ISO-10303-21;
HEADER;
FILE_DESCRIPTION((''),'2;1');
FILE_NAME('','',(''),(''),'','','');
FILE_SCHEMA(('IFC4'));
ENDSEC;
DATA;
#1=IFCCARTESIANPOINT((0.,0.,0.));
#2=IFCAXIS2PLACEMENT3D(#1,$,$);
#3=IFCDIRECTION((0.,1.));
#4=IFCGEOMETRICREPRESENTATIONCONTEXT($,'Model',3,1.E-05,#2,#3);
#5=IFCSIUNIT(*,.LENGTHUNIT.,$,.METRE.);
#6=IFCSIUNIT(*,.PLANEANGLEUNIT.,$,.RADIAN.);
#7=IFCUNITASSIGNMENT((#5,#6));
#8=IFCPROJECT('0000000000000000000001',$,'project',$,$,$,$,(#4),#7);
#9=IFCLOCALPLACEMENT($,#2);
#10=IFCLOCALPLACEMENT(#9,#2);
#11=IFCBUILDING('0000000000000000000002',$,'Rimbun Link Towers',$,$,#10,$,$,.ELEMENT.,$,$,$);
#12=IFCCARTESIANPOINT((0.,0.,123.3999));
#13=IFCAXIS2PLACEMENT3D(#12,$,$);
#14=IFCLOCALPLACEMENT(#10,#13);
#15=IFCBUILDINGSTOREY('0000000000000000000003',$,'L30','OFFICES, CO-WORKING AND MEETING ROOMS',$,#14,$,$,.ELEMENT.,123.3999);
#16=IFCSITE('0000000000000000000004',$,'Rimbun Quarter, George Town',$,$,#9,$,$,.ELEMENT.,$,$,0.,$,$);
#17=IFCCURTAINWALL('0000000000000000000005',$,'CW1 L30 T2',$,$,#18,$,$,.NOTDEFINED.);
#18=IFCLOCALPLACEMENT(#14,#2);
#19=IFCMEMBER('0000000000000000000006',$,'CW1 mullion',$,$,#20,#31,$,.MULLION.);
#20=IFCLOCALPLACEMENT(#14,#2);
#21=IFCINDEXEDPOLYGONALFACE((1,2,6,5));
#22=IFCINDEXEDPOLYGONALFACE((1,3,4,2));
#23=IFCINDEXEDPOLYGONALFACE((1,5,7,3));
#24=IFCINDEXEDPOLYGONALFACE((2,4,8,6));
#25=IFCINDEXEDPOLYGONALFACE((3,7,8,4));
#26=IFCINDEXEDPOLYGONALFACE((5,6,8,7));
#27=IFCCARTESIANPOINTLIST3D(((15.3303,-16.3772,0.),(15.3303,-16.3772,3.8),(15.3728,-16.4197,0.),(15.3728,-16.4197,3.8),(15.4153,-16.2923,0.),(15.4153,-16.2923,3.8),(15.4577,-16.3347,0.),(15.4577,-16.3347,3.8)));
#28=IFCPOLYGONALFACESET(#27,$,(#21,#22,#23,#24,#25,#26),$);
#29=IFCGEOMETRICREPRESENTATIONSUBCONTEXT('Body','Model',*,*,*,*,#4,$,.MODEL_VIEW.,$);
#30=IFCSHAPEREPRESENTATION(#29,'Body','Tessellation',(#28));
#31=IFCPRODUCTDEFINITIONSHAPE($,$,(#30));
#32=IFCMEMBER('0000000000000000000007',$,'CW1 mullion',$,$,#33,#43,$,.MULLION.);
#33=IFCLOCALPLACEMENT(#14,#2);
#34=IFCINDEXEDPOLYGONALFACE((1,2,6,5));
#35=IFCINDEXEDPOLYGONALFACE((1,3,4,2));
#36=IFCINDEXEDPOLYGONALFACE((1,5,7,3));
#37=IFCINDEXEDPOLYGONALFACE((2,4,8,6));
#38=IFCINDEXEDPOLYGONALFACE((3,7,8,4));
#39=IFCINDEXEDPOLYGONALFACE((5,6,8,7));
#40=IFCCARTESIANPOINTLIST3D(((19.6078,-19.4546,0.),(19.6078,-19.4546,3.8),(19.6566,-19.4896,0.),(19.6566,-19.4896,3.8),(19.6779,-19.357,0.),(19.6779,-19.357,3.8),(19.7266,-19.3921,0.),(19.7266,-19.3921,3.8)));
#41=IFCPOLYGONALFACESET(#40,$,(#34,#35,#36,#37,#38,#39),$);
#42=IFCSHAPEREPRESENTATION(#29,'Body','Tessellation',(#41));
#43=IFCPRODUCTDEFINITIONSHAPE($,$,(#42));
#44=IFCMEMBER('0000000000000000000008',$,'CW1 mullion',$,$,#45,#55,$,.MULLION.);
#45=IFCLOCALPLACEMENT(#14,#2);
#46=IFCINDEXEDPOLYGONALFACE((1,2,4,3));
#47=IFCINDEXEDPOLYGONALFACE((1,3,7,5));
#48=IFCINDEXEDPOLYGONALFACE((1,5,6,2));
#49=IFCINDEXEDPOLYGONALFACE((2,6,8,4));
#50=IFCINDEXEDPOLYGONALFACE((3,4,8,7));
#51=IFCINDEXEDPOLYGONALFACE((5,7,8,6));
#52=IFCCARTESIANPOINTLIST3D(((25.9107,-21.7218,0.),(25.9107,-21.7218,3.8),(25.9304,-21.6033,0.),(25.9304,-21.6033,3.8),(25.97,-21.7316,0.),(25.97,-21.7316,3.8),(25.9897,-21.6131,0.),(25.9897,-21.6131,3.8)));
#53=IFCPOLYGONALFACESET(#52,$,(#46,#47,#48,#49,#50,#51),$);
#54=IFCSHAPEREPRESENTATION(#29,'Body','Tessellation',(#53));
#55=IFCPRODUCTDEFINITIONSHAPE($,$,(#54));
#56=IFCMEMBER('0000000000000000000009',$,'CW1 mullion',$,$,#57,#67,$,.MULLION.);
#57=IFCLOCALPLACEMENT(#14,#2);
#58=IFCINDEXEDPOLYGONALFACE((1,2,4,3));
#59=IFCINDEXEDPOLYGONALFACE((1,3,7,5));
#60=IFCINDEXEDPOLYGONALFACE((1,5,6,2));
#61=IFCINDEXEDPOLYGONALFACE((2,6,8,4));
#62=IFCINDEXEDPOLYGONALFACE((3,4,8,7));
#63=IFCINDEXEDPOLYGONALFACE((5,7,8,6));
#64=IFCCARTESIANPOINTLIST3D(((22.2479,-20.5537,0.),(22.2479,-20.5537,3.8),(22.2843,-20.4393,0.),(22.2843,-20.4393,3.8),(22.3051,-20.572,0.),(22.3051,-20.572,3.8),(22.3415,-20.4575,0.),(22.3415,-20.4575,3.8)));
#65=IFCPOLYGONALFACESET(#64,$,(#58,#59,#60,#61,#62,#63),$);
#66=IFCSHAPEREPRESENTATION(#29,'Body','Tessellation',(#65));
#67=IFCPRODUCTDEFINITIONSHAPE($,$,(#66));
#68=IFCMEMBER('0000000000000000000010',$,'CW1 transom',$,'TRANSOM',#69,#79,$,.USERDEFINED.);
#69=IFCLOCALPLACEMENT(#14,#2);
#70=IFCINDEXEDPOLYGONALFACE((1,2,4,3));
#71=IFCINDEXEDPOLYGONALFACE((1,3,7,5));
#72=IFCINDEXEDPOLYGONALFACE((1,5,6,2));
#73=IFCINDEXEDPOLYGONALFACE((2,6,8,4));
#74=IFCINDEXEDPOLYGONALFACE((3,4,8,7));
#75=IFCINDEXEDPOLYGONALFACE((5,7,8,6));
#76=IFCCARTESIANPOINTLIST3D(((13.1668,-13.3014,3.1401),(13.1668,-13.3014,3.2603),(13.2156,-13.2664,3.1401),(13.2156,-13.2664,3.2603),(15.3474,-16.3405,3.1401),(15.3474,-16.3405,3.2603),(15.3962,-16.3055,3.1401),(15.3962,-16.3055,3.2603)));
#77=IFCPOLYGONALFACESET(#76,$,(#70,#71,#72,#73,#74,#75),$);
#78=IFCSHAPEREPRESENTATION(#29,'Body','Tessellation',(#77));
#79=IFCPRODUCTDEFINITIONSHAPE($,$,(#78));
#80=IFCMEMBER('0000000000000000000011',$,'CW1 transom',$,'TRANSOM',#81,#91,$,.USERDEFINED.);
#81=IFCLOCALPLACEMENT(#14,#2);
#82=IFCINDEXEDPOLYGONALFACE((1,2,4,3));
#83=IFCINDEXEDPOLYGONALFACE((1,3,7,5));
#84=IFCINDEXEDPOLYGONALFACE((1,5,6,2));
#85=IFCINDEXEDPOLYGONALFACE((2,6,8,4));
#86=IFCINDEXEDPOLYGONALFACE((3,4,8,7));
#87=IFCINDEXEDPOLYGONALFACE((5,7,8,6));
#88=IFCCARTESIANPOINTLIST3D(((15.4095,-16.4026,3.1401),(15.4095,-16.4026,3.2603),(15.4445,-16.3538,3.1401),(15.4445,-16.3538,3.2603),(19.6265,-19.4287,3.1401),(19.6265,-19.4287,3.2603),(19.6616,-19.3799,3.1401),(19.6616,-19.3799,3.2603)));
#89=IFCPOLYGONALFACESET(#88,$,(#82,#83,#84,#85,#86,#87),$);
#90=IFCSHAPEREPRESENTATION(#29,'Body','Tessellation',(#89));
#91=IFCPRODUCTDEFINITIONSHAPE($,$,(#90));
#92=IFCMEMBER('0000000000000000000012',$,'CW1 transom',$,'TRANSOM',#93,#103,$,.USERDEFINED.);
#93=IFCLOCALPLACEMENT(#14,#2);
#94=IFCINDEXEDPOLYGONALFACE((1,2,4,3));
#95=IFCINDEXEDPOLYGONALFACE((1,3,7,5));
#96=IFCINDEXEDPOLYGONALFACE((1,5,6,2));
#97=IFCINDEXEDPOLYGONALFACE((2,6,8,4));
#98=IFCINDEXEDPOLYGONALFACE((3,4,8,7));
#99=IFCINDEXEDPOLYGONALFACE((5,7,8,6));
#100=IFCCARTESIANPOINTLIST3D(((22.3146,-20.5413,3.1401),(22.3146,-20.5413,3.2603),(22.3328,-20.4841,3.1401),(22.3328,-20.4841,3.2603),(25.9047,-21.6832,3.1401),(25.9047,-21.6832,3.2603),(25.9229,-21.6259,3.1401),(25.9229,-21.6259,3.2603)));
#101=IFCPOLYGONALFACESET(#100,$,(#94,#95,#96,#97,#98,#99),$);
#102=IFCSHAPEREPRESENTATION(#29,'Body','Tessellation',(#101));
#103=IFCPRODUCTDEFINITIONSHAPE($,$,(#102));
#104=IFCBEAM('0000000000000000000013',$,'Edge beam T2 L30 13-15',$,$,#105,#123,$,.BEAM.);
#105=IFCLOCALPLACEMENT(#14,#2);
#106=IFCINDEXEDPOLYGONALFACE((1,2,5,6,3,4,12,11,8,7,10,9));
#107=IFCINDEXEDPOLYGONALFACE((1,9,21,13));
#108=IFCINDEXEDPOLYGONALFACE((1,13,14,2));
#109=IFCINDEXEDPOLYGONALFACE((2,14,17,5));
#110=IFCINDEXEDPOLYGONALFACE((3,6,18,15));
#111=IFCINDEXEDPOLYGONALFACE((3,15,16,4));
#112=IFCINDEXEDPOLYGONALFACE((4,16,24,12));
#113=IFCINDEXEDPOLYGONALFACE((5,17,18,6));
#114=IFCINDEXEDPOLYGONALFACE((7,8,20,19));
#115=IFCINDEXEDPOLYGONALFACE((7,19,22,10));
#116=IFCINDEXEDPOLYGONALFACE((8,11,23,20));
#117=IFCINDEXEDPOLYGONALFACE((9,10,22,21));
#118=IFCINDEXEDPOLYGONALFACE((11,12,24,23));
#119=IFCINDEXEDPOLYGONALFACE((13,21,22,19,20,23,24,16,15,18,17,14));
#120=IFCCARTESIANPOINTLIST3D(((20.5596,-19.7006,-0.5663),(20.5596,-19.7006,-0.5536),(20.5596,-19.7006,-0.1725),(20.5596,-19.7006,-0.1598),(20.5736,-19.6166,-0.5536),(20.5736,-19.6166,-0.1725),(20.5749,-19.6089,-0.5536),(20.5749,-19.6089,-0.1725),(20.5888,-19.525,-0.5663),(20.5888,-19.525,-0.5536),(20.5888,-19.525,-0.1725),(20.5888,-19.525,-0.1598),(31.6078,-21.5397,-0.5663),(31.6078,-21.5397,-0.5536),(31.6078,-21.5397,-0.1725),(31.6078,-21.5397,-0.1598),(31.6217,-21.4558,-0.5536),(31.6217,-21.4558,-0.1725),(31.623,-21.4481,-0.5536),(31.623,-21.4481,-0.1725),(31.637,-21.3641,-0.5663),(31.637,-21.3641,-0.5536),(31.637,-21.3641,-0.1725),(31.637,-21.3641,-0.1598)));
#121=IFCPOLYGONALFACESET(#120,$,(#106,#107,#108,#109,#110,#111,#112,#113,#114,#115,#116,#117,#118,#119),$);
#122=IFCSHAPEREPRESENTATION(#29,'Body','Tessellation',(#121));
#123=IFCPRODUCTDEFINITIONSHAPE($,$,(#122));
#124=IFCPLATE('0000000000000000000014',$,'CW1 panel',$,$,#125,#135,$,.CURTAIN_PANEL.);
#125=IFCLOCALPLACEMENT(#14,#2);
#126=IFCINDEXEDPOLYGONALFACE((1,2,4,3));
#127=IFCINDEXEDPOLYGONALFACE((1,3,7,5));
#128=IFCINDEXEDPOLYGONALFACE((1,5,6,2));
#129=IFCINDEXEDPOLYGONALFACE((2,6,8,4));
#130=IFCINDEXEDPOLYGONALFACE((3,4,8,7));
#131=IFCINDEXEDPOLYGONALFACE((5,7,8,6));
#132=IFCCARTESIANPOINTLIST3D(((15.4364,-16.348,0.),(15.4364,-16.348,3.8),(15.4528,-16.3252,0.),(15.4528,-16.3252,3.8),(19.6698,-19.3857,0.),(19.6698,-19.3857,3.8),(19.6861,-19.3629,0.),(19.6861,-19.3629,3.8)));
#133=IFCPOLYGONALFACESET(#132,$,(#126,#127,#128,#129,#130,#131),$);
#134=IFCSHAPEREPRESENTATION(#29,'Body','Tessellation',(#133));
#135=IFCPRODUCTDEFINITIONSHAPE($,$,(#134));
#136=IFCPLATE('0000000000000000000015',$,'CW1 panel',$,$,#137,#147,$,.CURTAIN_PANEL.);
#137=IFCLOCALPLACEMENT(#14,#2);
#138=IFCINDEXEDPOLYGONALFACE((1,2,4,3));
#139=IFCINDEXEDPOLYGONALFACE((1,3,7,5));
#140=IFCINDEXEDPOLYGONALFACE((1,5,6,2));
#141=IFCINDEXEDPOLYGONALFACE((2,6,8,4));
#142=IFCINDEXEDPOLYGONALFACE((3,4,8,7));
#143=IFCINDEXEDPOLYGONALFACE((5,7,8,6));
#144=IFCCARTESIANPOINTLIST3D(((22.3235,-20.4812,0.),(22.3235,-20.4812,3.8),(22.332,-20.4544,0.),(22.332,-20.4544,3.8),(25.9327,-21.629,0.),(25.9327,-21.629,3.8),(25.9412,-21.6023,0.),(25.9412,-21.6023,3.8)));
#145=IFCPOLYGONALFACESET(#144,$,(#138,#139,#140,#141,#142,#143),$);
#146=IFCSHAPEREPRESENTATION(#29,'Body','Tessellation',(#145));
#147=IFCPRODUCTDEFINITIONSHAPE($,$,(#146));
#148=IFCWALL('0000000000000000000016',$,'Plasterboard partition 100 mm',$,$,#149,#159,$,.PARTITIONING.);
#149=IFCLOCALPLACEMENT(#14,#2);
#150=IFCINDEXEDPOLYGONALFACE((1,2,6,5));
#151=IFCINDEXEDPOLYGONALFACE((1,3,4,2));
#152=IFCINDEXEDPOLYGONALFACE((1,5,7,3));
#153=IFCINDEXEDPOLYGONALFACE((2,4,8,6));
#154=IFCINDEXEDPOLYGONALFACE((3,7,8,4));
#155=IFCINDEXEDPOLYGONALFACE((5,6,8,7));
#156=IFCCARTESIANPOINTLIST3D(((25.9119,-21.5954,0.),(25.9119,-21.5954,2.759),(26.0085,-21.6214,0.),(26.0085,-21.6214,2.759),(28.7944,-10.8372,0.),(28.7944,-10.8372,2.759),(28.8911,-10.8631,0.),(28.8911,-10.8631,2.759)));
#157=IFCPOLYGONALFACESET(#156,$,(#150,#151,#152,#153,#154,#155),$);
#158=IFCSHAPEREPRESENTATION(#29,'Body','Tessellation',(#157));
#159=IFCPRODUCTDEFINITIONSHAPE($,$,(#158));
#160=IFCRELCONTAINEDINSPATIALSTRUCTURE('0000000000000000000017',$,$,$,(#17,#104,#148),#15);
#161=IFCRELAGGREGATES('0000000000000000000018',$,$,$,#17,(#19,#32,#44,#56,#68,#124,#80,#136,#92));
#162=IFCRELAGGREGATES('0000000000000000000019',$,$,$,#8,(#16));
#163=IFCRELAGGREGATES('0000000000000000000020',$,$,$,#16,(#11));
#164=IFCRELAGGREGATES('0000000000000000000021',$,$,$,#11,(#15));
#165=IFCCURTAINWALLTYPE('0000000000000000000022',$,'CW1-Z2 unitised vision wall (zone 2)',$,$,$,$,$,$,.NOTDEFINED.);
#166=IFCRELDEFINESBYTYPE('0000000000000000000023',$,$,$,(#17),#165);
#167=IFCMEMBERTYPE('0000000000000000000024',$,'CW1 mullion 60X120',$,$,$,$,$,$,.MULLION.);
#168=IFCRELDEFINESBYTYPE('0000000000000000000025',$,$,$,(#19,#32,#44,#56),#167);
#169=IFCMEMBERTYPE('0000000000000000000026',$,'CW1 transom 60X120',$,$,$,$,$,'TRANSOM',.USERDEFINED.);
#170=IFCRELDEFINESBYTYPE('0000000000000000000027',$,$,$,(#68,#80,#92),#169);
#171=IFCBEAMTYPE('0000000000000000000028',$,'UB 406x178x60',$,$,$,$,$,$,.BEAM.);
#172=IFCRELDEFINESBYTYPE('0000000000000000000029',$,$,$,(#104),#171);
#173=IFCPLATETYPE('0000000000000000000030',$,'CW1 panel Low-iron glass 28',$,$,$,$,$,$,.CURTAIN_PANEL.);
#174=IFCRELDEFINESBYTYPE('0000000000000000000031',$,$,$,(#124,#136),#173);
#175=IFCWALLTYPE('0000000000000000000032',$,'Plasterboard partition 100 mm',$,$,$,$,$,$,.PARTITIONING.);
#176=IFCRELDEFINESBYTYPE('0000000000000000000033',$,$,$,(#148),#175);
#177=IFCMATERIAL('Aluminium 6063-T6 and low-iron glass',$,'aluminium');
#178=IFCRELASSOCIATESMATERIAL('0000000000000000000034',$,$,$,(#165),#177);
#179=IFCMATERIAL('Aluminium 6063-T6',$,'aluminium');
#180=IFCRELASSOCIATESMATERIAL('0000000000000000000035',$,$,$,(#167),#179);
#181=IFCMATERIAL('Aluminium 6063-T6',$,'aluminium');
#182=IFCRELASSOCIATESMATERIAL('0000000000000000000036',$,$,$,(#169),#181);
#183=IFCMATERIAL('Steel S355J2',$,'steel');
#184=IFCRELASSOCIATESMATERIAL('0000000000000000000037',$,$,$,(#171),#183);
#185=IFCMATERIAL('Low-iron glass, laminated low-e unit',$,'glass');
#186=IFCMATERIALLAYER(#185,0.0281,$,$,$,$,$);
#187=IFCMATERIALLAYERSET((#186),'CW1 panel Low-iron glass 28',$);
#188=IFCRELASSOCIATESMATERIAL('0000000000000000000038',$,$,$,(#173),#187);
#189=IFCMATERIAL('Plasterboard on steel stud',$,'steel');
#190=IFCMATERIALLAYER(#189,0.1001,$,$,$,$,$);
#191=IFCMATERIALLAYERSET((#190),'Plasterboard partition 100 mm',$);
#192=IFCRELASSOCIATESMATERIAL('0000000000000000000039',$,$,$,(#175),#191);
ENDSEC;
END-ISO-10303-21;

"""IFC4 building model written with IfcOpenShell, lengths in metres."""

from ifc_helpers import new_model, si_unit, direction, frame, frame_2d, origin, origin_2d, place, context, subcontext, project, spatial, rectangle, i_section, extrude, material, layer, layer_set, material_profile, profile_set, type_object, element, aggregate, save


model = new_model("IFC4")

# Units and contexts
model_context = context("Model", 3, precision=1e-05, world=origin(), true_north=direction((0.0, 1.0)))
body_context = subcontext(model_context, "Body", "Model", "MODEL_VIEW")
ifc_project = project(units=[si_unit("LENGTHUNIT", "METRE"), si_unit("PLANEANGLEUNIT", "RADIAN")], contexts=[model_context])

# Site, building, storey
site_placement = place(None, origin())
site = spatial("IfcSite", under=ifc_project, at=site_placement, Name="Rimbun Quarter, George Town", CompositionType="ELEMENT", RefElevation=0.0)
building_placement = place(site_placement, origin())
building = spatial("IfcBuilding", under=site, at=building_placement, Name="Rimbun Link Towers", CompositionType="ELEMENT")
storey_placement = place(building_placement, frame((0.0, 0.0, 123.3999)))
storey = spatial("IfcBuildingStorey", under=building, at=storey_placement, Name="L30", Description="OFFICES, CO-WORKING AND MEETING ROOMS", CompositionType="ELEMENT", Elevation=123.3999)

# Curtain wall, members
ifc_material_1 = material(Name="Aluminium 6063-T6 and low-iron glass", Category="aluminium")
curtain_wall_type = type_object("IfcCurtainWallType", Name="CW1-Z2 unitised vision wall (zone 2)", PredefinedType="NOTDEFINED", material=ifc_material_1)
curtain_wall_placement = place(storey_placement, origin())
curtain_wall = element("IfcCurtainWall", 1, at=curtain_wall_placement, inside=storey, type_object=curtain_wall_type, Name="CW1 L30 T2", PredefinedType="NOTDEFINED")
ifc_material_2 = material(Name="Aluminium 6063-T6", Category="aluminium")
ifc_material_profile_1 = material_profile(ifc_material_2, rectangle(XDim=0.1201, YDim=0.0601, at=origin_2d()), Name="MULLION 60X120")
ifc_profile_set_1 = profile_set([ifc_material_profile_1], Name="Aluminium 6063-T6")
member_type_1 = type_object("IfcMemberType", Name="CW1 mullion 60X120", PredefinedType="MULLION", material=ifc_profile_set_1)
member_1_placement = place(storey_placement, frame((15.394, -16.356, 0.0), z_axis=(0.0, 0.0, 1.0), x_axis=(-0.707107, -0.707107, 0.0)))
member_1 = element("IfcMember", 2, at=member_1_placement, type_object=member_type_1, Name="CW1 mullion", PredefinedType="MULLION", context=body_context, shape_type="SweptSolid", body=[
    extrude(rectangle(XDim=0.1201, YDim=0.0601, at=origin_2d()), origin(), (0.0, 0.0, 1.0), 3.8),
])
member_2_placement = place(storey_placement, frame((19.6672, -19.4233, 0.0), z_axis=(0.0, 0.0, 1.0), x_axis=(-0.583004, -0.812469, 0.0)))
member_2 = element("IfcMember", 3, at=member_2_placement, type_object=member_type_1, Name="CW1 mullion", PredefinedType="MULLION", context=body_context, shape_type="SweptSolid", body=[
    extrude(rectangle(XDim=0.1201, YDim=0.0601, at=origin_2d()), origin(), (0.0, 0.0, 1.0), 3.8),
])
member_3_placement = place(storey_placement, frame((25.9502, -21.6675, 0.0), z_axis=(0.0, 0.0, 1.0), x_axis=(-0.163751, -0.986502, 0.0)))
member_3 = element("IfcMember", 4, at=member_3_placement, type_object=member_type_1, Name="CW1 mullion", PredefinedType="MULLION", context=body_context, shape_type="SweptSolid", body=[
    extrude(rectangle(XDim=0.1201, YDim=0.0601, at=origin_2d()), origin(), (0.0, 0.0, 1.0), 3.8),
])
member_4_placement = place(storey_placement, frame((22.2947, -20.5056, 0.0), z_axis=(0.0, 0.0, 1.0), x_axis=(-0.303073, -0.952967, 0.0)))
member_4 = element("IfcMember", 5, at=member_4_placement, type_object=member_type_1, Name="CW1 mullion", PredefinedType="MULLION", context=body_context, shape_type="SweptSolid", body=[
    extrude(rectangle(XDim=0.1201, YDim=0.0601, at=origin_2d()), origin(), (0.0, 0.0, 1.0), 3.8),
])
ifc_material_3 = material(Name="Aluminium 6063-T6", Category="aluminium")
ifc_material_profile_2 = material_profile(ifc_material_3, rectangle(XDim=0.0601, YDim=0.1201, at=origin_2d()), Name="TRANSOM 60X120")
ifc_profile_set_2 = profile_set([ifc_material_profile_2], Name="Aluminium 6063-T6")
member_type_2 = type_object("IfcMemberType", Name="CW1 transom 60X120", ElementType="TRANSOM", PredefinedType="USERDEFINED", material=ifc_profile_set_2)
member_5_placement = place(storey_placement, frame((15.3718, -16.323, 3.2002), z_axis=(-0.58299, 0.812479, 0.0), x_axis=(-0.812479, -0.58299, 0.0)))
member_5 = element("IfcMember", 6, at=member_5_placement, type_object=member_type_2, Name="CW1 transom", ObjectType="TRANSOM", PredefinedType="USERDEFINED", context=body_context, shape_type="SweptSolid", body=[
    extrude(rectangle(XDim=0.0601, YDim=0.1201, at=origin_2d()), origin(), (0.0, 0.0, 1.0), 3.7405),
])
member_6_placement = place(storey_placement, frame((19.644, -19.4043, 3.2002), z_axis=(-0.81246, 0.583017, 0.0), x_axis=(-0.583017, -0.81246, 0.0)))
member_6 = element("IfcMember", 7, at=member_6_placement, type_object=member_type_2, Name="CW1 transom", ObjectType="TRANSOM", PredefinedType="USERDEFINED", context=body_context, shape_type="SweptSolid", body=[
    extrude(rectangle(XDim=0.0601, YDim=0.1201, at=origin_2d()), origin(), (0.0, 0.0, 1.0), 5.1904),
])
member_7_placement = place(storey_placement, frame((25.9138, -21.6545, 3.2002), z_axis=(-0.952961, 0.303094, 0.0), x_axis=(-0.303094, -0.952961, 0.0)))
member_7 = element("IfcMember", 8, at=member_7_placement, type_object=member_type_2, Name="CW1 transom", ObjectType="TRANSOM", PredefinedType="USERDEFINED", context=body_context, shape_type="SweptSolid", body=[
    extrude(rectangle(XDim=0.0601, YDim=0.1201, at=origin_2d()), origin(), (0.0, 0.0, 1.0), 3.7673),
])

# Beam
ifc_material_4 = material(Name="Steel S355J2", Category="steel")
ifc_material_profile_3 = material_profile(ifc_material_4, i_section(OverallWidth=0.178, OverallDepth=0.4065, WebThickness=0.0078, FlangeThickness=0.0127, at=origin_2d()), Name="UB 406x178x60")
ifc_profile_set_3 = profile_set([ifc_material_profile_3], Name="Steel S355J2")
beam_type = type_object("IfcBeamType", Name="UB 406x178x60", PredefinedType="BEAM", material=ifc_profile_set_3)
beam_placement = place(storey_placement, frame((20.5742, -19.6128, -0.363), z_axis=(0.986426, -0.164205, 0.0), x_axis=(0.164205, 0.986426, 0.0)))
element("IfcBeam", 9, at=beam_placement, inside=storey, type_object=beam_type, Name="Edge beam T2 L30 13-15", PredefinedType="BEAM", context=body_context, shape_type="SweptSolid", body=[
    extrude(i_section(OverallWidth=0.178, OverallDepth=0.4065, WebThickness=0.0078, FlangeThickness=0.0127, at=origin_2d()), origin(), (0.0, 0.0, 1.0), 11.2002),
])

# Plates
ifc_material_5 = material(Name="Low-iron glass, laminated low-e unit", Category="glass")
ifc_layer_1 = layer(ifc_material_5, 0.0281)
ifc_layer_set_1 = layer_set([ifc_layer_1], Name="CW1 panel Low-iron glass 28")
plate_type = type_object("IfcPlateType", Name="CW1 panel Low-iron glass 28", PredefinedType="CURTAIN_PANEL", material=ifc_layer_set_1)
plate_1_placement = place(storey_placement, frame((17.5613, -17.8555, 0.0), z_axis=(0.0, 0.0, 1.0), x_axis=(-0.812469, 0.583004, 0.0)))
plate_1 = element("IfcPlate", 10, at=plate_1_placement, type_object=plate_type, Name="CW1 panel", PredefinedType="CURTAIN_PANEL", context=body_context, shape_type="SweptSolid", body=[
    extrude(rectangle(XDim=5.2104, YDim=0.0281, at=origin_2d()), origin(), (0.0, 0.0, 1.0), 3.8),
])
plate_2_placement = place(storey_placement, frame((24.1323, -21.0417, 0.0), z_axis=(0.0, 0.0, 1.0), x_axis=(-0.952967, 0.303073, 0.0)))
plate_2 = element("IfcPlate", 11, at=plate_2_placement, type_object=plate_type, Name="CW1 panel", PredefinedType="CURTAIN_PANEL", context=body_context, shape_type="SweptSolid", body=[
    extrude(rectangle(XDim=3.7874, YDim=0.0281, at=origin_2d()), origin(), (0.0, 0.0, 1.0), 3.8),
])
aggregate(curtain_wall, [member_1, member_2, member_3, member_4, member_5, plate_1, member_6, plate_2, member_7])

# Wall
ifc_material_6 = material(Name="Plasterboard on steel stud", Category="steel")
ifc_layer_2 = layer(ifc_material_6, 0.1001)
ifc_layer_set_2 = layer_set([ifc_layer_2], Name="Plasterboard partition 100 mm")
wall_type = type_object("IfcWallType", Name="Plasterboard partition 100 mm", PredefinedType="PARTITIONING", material=ifc_layer_set_2)
wall_placement = place(storey_placement, frame((25.9602, -21.6084, 0.0), z_axis=(0.0, 0.0, 1.0), x_axis=(0.25881, 0.965928, 0.0)))
element("IfcWall", 12, at=wall_placement, inside=storey, type_object=wall_type, Name="Plasterboard partition 100 mm", PredefinedType="PARTITIONING", context=body_context, shape_type="SweptSolid", body=[
    extrude(rectangle(XDim=11.1377, YDim=0.1001, at=frame_2d((5.5688, 0.0))), origin(), (0.0, 0.0, 1.0), 2.759),
])

save(model, "model.ifc")
